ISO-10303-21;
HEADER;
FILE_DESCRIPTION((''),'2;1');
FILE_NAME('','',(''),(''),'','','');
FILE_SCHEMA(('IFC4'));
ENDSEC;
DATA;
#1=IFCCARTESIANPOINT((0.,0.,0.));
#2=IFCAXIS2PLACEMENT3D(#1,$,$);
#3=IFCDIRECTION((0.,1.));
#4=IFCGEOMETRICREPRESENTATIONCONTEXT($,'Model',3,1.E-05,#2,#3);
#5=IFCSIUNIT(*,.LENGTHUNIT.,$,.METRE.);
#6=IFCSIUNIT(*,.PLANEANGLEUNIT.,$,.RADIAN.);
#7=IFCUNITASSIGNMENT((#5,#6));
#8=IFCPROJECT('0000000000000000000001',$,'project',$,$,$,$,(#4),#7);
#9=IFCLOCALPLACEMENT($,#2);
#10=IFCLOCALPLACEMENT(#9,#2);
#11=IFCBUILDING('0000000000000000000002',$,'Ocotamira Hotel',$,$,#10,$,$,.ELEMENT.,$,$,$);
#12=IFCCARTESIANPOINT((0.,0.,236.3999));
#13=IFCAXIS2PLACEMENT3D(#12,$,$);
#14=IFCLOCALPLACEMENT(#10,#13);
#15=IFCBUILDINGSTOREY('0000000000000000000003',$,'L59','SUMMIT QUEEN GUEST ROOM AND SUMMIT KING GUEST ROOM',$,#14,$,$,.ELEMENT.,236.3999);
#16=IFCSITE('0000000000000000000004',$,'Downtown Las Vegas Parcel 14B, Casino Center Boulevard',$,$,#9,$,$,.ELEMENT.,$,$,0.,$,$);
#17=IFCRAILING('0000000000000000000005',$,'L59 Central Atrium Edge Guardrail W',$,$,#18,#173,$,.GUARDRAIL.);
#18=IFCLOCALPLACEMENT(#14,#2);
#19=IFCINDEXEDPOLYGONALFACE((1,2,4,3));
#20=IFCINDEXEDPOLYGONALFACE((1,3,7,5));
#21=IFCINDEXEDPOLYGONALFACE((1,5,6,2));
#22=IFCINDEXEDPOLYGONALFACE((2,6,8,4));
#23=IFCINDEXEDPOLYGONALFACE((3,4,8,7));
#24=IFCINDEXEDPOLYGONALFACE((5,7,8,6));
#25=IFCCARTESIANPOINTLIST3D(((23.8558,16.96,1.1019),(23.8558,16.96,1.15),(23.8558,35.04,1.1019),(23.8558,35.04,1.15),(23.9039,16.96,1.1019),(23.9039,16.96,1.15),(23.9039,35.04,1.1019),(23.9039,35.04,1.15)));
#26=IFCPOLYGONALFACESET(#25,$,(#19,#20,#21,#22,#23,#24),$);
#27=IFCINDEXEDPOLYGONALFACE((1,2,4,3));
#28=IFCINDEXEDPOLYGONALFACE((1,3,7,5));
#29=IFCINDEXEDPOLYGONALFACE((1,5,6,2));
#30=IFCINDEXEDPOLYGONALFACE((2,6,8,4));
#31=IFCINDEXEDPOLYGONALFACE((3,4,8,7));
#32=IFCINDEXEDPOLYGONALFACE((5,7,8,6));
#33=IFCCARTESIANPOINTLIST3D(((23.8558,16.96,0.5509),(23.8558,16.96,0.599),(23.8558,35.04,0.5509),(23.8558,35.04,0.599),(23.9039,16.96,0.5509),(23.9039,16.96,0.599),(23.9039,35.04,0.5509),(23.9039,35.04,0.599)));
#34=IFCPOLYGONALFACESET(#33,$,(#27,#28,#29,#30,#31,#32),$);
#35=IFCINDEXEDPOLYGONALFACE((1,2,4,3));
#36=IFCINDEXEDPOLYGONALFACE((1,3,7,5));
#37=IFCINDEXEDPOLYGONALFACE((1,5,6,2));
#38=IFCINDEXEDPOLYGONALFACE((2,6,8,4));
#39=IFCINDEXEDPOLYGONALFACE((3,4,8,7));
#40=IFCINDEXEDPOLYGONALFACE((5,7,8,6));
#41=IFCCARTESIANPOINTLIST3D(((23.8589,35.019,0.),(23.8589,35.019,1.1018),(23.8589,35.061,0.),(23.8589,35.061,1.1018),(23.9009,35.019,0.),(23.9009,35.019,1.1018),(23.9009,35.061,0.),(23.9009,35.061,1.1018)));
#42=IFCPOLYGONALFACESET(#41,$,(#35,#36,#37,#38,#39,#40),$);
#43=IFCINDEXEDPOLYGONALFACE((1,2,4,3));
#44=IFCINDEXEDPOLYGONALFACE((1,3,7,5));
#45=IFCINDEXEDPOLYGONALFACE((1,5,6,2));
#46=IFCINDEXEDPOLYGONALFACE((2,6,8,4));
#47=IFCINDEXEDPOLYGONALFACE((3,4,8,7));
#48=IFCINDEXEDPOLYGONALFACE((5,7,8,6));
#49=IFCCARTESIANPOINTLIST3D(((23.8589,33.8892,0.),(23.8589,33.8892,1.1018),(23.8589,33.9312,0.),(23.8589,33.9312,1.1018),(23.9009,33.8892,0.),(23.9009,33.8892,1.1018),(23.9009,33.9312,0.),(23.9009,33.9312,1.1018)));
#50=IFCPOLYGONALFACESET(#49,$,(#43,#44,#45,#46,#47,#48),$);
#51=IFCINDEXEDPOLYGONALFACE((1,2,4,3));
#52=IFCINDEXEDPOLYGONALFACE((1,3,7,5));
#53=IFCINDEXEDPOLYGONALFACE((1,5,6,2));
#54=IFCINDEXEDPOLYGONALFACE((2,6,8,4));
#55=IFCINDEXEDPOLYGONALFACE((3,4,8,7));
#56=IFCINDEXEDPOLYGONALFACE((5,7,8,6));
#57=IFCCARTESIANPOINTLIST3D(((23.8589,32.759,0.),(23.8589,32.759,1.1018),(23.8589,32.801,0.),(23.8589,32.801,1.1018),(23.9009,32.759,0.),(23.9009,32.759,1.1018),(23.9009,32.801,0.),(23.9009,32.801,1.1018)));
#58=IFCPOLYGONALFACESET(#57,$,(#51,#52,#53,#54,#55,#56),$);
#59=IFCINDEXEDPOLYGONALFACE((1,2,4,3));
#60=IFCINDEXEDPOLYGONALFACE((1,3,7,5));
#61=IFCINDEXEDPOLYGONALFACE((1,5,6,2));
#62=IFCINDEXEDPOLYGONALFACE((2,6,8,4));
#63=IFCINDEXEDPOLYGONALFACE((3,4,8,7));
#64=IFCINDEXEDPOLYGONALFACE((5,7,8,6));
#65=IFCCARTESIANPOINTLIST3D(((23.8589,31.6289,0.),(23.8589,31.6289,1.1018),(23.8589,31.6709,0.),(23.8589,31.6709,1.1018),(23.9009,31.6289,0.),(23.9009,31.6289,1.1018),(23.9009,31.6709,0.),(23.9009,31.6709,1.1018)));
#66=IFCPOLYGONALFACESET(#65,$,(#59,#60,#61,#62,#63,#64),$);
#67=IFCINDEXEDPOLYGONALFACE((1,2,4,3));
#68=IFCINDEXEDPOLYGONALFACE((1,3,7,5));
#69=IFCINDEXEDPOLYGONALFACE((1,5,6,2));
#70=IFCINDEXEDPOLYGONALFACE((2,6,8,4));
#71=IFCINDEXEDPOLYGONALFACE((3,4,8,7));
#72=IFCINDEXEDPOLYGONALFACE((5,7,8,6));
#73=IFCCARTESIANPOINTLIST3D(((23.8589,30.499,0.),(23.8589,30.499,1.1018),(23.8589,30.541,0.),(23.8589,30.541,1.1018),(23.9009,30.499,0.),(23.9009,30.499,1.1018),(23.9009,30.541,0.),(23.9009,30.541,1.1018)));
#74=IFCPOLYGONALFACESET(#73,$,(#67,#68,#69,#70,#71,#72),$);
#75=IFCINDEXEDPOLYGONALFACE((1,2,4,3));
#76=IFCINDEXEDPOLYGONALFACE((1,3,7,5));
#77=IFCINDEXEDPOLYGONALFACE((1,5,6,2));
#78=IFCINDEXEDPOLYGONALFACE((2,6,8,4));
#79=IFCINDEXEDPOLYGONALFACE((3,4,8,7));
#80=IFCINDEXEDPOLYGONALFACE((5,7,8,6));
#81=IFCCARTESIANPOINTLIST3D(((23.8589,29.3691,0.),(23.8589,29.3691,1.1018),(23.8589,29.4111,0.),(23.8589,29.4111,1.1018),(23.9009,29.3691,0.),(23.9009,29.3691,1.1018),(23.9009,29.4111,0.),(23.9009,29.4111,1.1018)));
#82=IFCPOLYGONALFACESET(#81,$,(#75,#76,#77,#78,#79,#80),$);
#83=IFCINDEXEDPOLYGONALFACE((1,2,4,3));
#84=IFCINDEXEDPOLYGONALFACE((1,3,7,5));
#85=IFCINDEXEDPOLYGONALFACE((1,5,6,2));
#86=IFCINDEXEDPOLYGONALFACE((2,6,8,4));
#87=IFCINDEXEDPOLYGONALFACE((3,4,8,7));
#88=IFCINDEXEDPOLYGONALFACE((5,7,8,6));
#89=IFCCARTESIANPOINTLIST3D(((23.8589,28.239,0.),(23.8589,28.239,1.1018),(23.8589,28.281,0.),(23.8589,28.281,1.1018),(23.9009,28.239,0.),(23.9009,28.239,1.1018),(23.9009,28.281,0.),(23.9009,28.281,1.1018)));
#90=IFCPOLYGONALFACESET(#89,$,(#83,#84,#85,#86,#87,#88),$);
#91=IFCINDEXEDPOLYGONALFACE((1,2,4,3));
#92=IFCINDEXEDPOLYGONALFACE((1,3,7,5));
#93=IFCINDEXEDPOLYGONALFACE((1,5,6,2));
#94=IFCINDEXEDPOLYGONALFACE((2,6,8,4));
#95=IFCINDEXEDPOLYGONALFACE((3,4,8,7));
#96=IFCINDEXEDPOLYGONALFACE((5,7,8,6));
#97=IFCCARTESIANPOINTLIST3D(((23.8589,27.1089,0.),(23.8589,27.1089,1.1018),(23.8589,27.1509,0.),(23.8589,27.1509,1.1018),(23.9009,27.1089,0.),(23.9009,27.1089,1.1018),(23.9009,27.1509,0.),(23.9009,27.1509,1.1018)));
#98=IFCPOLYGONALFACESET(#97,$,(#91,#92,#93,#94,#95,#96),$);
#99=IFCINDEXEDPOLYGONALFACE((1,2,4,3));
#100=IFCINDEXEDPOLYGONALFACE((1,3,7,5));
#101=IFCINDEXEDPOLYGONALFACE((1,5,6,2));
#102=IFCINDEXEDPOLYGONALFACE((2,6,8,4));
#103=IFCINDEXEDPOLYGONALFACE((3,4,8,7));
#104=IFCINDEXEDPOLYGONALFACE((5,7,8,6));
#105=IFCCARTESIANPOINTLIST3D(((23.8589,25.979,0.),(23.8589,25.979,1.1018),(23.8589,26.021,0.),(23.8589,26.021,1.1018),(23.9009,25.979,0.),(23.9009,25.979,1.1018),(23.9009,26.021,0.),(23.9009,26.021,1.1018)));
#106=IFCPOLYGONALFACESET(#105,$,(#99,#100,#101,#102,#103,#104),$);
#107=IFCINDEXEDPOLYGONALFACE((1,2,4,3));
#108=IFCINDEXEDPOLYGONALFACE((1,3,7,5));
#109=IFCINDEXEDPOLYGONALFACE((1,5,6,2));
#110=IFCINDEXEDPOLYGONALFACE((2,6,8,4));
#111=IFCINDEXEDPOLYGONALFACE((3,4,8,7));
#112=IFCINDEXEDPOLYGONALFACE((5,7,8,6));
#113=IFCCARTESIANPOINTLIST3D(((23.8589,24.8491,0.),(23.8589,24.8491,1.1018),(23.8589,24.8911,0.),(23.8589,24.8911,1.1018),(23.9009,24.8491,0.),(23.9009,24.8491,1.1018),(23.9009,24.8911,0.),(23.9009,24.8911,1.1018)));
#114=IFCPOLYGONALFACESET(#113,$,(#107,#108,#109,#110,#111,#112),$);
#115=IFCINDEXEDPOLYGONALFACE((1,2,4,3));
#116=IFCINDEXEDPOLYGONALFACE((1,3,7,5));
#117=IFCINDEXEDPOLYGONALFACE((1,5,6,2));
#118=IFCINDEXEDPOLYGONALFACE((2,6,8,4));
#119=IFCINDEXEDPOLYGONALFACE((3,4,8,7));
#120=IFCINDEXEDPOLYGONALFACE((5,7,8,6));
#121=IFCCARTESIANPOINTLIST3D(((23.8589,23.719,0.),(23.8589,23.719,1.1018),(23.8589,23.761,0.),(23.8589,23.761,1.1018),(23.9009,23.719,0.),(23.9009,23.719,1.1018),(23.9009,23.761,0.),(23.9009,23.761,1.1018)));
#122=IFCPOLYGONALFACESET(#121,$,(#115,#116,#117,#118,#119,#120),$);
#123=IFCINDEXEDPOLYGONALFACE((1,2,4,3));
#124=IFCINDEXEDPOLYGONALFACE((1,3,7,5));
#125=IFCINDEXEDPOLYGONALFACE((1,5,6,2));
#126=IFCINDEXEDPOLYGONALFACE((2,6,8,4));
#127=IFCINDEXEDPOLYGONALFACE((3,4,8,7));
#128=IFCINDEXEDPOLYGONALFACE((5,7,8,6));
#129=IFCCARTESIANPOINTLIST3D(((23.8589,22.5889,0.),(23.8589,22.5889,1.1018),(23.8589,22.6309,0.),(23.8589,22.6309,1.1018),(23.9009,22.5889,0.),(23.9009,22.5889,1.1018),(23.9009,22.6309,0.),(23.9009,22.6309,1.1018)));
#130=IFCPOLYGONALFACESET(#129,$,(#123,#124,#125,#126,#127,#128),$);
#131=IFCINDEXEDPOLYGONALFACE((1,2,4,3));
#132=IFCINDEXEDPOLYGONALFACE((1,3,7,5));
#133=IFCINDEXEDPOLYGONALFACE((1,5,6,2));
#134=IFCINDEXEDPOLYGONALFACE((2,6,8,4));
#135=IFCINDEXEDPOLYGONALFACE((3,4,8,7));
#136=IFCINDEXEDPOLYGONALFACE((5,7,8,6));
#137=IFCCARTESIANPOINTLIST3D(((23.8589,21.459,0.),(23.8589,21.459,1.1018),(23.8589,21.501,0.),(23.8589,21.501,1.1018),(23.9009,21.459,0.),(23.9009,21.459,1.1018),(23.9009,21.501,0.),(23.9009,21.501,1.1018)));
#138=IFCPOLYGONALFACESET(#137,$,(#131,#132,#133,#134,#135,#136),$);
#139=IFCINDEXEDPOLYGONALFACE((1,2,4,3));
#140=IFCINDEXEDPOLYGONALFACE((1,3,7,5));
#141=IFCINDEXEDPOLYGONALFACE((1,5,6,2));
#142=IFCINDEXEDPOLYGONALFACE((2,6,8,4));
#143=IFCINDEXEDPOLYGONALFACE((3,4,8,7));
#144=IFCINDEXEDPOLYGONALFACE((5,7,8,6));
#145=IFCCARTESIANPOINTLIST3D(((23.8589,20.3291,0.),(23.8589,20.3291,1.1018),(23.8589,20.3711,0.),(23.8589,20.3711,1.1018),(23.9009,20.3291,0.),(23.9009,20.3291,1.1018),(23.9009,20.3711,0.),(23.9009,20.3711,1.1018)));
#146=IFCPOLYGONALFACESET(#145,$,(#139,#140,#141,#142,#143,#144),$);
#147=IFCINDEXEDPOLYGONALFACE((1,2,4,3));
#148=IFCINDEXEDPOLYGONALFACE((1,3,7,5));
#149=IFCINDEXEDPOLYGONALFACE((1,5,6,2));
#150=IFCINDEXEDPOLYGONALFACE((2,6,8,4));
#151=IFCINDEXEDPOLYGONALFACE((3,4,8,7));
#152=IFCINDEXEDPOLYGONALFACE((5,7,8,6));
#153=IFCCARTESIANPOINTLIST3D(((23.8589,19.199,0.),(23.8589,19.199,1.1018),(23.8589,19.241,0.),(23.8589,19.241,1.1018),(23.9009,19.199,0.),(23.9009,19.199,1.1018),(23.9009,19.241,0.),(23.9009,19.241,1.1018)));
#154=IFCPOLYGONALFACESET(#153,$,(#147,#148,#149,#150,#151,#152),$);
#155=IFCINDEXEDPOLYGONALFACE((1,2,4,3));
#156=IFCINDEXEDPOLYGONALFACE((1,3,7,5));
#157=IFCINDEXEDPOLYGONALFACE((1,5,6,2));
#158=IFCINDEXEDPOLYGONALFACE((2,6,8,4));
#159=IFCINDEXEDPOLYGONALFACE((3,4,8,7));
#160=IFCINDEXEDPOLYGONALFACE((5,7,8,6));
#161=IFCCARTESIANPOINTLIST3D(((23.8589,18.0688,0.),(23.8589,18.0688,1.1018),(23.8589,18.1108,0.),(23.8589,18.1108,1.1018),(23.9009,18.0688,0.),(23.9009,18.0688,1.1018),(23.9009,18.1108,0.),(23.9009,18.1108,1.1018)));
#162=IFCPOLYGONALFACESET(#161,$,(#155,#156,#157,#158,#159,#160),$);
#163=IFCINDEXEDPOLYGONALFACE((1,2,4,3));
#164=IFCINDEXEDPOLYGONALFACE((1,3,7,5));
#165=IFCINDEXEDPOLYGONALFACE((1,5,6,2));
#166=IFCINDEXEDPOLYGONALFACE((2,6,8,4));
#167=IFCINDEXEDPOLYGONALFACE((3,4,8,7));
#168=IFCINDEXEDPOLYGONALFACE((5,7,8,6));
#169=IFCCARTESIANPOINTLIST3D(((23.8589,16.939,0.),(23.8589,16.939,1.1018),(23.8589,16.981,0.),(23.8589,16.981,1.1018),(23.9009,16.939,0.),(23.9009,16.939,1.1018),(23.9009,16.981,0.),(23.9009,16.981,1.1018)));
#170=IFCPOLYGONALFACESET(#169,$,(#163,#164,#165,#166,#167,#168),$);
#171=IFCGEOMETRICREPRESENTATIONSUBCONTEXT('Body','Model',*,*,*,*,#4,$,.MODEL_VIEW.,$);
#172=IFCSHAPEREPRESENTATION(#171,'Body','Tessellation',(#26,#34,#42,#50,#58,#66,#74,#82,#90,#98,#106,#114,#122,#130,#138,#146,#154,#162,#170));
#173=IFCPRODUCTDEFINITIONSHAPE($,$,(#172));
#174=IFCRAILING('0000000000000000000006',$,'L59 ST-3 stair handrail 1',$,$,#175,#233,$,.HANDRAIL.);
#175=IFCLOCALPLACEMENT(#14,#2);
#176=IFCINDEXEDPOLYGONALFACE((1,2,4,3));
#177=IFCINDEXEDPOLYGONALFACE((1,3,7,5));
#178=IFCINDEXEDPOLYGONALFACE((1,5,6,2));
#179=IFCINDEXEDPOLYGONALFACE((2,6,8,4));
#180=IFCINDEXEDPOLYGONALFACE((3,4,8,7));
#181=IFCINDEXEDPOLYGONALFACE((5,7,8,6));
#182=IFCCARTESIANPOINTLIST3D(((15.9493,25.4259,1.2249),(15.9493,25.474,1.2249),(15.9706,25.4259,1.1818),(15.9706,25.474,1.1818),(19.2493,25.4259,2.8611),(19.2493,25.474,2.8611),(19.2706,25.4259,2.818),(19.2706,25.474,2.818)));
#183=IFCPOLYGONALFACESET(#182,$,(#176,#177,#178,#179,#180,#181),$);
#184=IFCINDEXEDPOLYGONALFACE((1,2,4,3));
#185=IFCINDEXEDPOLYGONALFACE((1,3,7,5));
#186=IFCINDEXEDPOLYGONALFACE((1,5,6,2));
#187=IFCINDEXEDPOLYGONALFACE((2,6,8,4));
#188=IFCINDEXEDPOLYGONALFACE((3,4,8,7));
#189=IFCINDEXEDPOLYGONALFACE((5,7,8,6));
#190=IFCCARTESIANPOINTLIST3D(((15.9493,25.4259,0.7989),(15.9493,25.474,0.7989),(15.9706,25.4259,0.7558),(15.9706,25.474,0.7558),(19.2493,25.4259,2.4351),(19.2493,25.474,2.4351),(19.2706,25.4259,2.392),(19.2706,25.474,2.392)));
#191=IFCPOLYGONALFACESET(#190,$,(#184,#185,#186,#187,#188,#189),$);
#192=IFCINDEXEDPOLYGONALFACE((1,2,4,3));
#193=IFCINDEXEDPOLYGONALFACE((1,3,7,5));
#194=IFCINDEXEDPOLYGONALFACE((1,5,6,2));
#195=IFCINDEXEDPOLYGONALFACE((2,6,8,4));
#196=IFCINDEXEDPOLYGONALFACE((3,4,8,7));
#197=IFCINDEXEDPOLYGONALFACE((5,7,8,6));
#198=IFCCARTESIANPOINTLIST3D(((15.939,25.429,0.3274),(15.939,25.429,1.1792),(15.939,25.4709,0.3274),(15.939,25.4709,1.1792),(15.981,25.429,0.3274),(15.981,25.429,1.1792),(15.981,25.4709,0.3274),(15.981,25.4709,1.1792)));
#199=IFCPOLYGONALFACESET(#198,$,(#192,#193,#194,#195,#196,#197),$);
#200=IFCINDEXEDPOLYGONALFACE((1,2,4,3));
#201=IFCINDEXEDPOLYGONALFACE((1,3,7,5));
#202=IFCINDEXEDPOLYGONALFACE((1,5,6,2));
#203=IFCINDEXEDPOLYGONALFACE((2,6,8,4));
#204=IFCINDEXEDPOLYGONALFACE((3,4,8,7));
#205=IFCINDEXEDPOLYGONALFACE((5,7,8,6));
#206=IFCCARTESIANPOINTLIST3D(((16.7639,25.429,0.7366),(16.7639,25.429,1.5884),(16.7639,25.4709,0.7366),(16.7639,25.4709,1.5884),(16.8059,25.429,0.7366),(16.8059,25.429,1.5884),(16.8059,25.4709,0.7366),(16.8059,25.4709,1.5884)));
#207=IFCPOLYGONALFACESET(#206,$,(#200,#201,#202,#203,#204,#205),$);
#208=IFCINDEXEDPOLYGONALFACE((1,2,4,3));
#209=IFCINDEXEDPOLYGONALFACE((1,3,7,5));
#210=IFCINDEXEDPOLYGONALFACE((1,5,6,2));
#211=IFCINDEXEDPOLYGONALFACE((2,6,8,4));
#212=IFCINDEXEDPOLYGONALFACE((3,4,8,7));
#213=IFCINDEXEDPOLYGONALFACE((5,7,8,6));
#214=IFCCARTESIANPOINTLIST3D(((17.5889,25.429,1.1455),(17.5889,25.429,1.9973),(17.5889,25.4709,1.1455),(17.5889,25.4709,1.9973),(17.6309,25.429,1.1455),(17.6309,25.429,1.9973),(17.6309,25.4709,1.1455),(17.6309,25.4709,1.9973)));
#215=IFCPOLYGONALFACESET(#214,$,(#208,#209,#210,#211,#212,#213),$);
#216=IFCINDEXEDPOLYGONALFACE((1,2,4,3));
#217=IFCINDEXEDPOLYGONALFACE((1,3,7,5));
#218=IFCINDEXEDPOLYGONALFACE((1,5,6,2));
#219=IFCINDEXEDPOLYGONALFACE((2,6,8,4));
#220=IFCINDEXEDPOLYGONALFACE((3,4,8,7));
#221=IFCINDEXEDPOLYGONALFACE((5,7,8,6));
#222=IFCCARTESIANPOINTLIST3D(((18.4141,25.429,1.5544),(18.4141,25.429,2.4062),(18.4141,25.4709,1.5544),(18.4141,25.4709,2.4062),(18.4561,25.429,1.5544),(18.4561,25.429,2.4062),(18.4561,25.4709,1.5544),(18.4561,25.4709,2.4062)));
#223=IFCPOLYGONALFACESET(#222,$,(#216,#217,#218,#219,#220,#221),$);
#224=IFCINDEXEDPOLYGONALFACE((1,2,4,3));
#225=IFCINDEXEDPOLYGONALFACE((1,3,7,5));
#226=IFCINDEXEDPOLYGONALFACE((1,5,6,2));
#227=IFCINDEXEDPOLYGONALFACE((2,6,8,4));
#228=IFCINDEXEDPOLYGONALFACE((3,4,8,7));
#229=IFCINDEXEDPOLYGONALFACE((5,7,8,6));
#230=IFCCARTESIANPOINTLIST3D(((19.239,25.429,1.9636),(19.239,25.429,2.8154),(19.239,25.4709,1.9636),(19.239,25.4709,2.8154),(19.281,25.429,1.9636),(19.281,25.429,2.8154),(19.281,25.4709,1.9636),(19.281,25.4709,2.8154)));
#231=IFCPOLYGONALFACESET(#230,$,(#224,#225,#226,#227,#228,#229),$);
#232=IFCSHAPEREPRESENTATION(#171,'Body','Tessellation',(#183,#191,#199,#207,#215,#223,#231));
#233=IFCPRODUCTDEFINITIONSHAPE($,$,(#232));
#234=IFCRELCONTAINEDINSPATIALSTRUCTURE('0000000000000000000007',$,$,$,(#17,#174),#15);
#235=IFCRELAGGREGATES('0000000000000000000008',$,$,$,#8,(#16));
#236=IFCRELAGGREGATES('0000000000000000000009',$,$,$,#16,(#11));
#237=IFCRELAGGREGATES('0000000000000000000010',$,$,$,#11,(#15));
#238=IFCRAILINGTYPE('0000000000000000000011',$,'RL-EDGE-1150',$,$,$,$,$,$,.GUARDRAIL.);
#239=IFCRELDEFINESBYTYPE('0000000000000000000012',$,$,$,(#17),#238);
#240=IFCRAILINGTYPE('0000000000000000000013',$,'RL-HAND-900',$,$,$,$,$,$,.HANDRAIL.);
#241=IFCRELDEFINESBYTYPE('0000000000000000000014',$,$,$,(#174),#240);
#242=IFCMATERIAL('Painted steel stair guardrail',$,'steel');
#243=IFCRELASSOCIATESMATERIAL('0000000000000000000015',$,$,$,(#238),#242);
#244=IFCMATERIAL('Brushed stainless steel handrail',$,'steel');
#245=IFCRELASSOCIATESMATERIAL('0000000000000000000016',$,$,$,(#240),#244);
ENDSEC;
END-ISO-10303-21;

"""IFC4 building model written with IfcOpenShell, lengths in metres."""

from ifc_helpers import new_model, si_unit, direction, frame, origin, origin_2d, place, context, subcontext, project, spatial, rectangle, extrude, material, type_object, element, save


model = new_model("IFC4")

# Units and contexts
model_context = context("Model", 3, precision=1e-05, world=origin(), true_north=direction((0.0, 1.0)))
body_context = subcontext(model_context, "Body", "Model", "MODEL_VIEW")
ifc_project = project(units=[si_unit("LENGTHUNIT", "METRE"), si_unit("PLANEANGLEUNIT", "RADIAN")], contexts=[model_context])

# Site, building, storey
site_placement = place(None, origin())
site = spatial("IfcSite", under=ifc_project, at=site_placement, Name="Downtown Las Vegas Parcel 14B, Casino Center Boulevard", CompositionType="ELEMENT", RefElevation=0.0)
building_placement = place(site_placement, origin())
building = spatial("IfcBuilding", under=site, at=building_placement, Name="Ocotamira Hotel", CompositionType="ELEMENT")
storey_placement = place(building_placement, frame((0.0, 0.0, 236.3999)))
storey = spatial("IfcBuildingStorey", under=building, at=storey_placement, Name="L59", Description="SUMMIT QUEEN GUEST ROOM AND SUMMIT KING GUEST ROOM", CompositionType="ELEMENT", Elevation=236.3999)

# Railings
ifc_material_1 = material(Name="Painted steel stair guardrail", Category="steel")
railing_type_1 = type_object("IfcRailingType", Name="RL-EDGE-1150", PredefinedType="GUARDRAIL", material=ifc_material_1)
railing_1_placement = place(storey_placement, frame((23.8799, 35.04, 0.0)))
element("IfcRailing", 1, at=railing_1_placement, inside=storey, type_object=railing_type_1, Name="L59 Central Atrium Edge Guardrail W", PredefinedType="GUARDRAIL", context=body_context, shape_type="SweptSolid", body=[
    extrude(rectangle(XDim=0.0481, YDim=0.0481, at=origin_2d()), frame((0.0, 0.0, 1.126), z_axis=(0.0, -1.0, 0.0), x_axis=(1.0, 0.0, 0.0)), (0.0, 0.0, 1.0), 18.0801),
    extrude(rectangle(XDim=0.0481, YDim=0.0481, at=origin_2d()), frame((0.0, 0.0, 0.575), z_axis=(0.0, -1.0, 0.0), x_axis=(1.0, 0.0, 0.0)), (0.0, 0.0, 1.0), 18.0801),
    extrude(rectangle(XDim=0.042, YDim=0.042, at=origin_2d()), origin(), (0.0, 0.0, 1.0), 1.1018),
    extrude(rectangle(XDim=0.042, YDim=0.042, at=origin_2d()), frame((0.0, -1.1299, 0.0)), (0.0, 0.0, 1.0), 1.1018),
    extrude(rectangle(XDim=0.042, YDim=0.042, at=origin_2d()), frame((0.0, -2.26, 0.0)), (0.0, 0.0, 1.0), 1.1018),
    extrude(rectangle(XDim=0.042, YDim=0.042, at=origin_2d()), frame((0.0, -3.3901, 0.0)), (0.0, 0.0, 1.0), 1.1018),
    extrude(rectangle(XDim=0.042, YDim=0.042, at=origin_2d()), frame((0.0, -4.52, 0.0)), (0.0, 0.0, 1.0), 1.1018),
    extrude(rectangle(XDim=0.042, YDim=0.042, at=origin_2d()), frame((0.0, -5.6499, 0.0)), (0.0, 0.0, 1.0), 1.1018),
    extrude(rectangle(XDim=0.042, YDim=0.042, at=origin_2d()), frame((0.0, -6.78, 0.0)), (0.0, 0.0, 1.0), 1.1018),
    extrude(rectangle(XDim=0.042, YDim=0.042, at=origin_2d()), frame((0.0, -7.9102, 0.0)), (0.0, 0.0, 1.0), 1.1018),
    extrude(rectangle(XDim=0.042, YDim=0.042, at=origin_2d()), frame((0.0, -9.04, 0.0)), (0.0, 0.0, 1.0), 1.1018),
    extrude(rectangle(XDim=0.042, YDim=0.042, at=origin_2d()), frame((0.0, -10.1699, 0.0)), (0.0, 0.0, 1.0), 1.1018),
    extrude(rectangle(XDim=0.042, YDim=0.042, at=origin_2d()), frame((0.0, -11.3, 0.0)), (0.0, 0.0, 1.0), 1.1018),
    extrude(rectangle(XDim=0.042, YDim=0.042, at=origin_2d()), frame((0.0, -12.4302, 0.0)), (0.0, 0.0, 1.0), 1.1018),
    extrude(rectangle(XDim=0.042, YDim=0.042, at=origin_2d()), frame((0.0, -13.5601, 0.0)), (0.0, 0.0, 1.0), 1.1018),
    extrude(rectangle(XDim=0.042, YDim=0.042, at=origin_2d()), frame((0.0, -14.6899, 0.0)), (0.0, 0.0, 1.0), 1.1018),
    extrude(rectangle(XDim=0.042, YDim=0.042, at=origin_2d()), frame((0.0, -15.8201, 0.0)), (0.0, 0.0, 1.0), 1.1018),
    extrude(rectangle(XDim=0.042, YDim=0.042, at=origin_2d()), frame((0.0, -16.9502, 0.0)), (0.0, 0.0, 1.0), 1.1018),
    extrude(rectangle(XDim=0.042, YDim=0.042, at=origin_2d()), frame((0.0, -18.0801, 0.0)), (0.0, 0.0, 1.0), 1.1018),
])
ifc_material_2 = material(Name="Brushed stainless steel handrail", Category="steel")
railing_type_2 = type_object("IfcRailingType", Name="RL-HAND-900", PredefinedType="HANDRAIL", material=ifc_material_2)
railing_2_placement = place(storey_placement, frame((15.96, 25.45, 0.3274)))
element("IfcRailing", 2, at=railing_2_placement, inside=storey, type_object=railing_type_2, Name="L59 ST-3 stair handrail 1", PredefinedType="HANDRAIL", context=body_context, shape_type="SweptSolid", body=[
    extrude(rectangle(XDim=0.0481, YDim=0.0481, at=origin_2d()), frame((0.0, 0.0, 0.876), z_axis=(0.89592, 0.0, 0.444215), x_axis=(0.0, 1.0, 0.0)), (0.0, 0.0, 1.0), 3.6833),
    extrude(rectangle(XDim=0.0481, YDim=0.0481, at=origin_2d()), frame((0.0, 0.0, 0.45), z_axis=(0.89592, 0.0, 0.444215), x_axis=(0.0, 1.0, 0.0)), (0.0, 0.0, 1.0), 3.6833),
    extrude(rectangle(XDim=0.042, YDim=0.042, at=origin_2d()), origin(), (0.0, 0.0, 1.0), 0.8518),
    extrude(rectangle(XDim=0.042, YDim=0.042, at=origin_2d()), frame((0.825, 0.0, 0.4092)), (0.0, 0.0, 1.0), 0.8518),
    extrude(rectangle(XDim=0.042, YDim=0.042, at=origin_2d()), frame((1.6499, 0.0, 0.8181)), (0.0, 0.0, 1.0), 0.8518),
    extrude(rectangle(XDim=0.042, YDim=0.042, at=origin_2d()), frame((2.4751, 0.0, 1.2271)), (0.0, 0.0, 1.0), 0.8518),
    extrude(rectangle(XDim=0.042, YDim=0.042, at=origin_2d()), frame((3.3, 0.0, 1.6362)), (0.0, 0.0, 1.0), 0.8518),
])

save(model, "model.ifc")
